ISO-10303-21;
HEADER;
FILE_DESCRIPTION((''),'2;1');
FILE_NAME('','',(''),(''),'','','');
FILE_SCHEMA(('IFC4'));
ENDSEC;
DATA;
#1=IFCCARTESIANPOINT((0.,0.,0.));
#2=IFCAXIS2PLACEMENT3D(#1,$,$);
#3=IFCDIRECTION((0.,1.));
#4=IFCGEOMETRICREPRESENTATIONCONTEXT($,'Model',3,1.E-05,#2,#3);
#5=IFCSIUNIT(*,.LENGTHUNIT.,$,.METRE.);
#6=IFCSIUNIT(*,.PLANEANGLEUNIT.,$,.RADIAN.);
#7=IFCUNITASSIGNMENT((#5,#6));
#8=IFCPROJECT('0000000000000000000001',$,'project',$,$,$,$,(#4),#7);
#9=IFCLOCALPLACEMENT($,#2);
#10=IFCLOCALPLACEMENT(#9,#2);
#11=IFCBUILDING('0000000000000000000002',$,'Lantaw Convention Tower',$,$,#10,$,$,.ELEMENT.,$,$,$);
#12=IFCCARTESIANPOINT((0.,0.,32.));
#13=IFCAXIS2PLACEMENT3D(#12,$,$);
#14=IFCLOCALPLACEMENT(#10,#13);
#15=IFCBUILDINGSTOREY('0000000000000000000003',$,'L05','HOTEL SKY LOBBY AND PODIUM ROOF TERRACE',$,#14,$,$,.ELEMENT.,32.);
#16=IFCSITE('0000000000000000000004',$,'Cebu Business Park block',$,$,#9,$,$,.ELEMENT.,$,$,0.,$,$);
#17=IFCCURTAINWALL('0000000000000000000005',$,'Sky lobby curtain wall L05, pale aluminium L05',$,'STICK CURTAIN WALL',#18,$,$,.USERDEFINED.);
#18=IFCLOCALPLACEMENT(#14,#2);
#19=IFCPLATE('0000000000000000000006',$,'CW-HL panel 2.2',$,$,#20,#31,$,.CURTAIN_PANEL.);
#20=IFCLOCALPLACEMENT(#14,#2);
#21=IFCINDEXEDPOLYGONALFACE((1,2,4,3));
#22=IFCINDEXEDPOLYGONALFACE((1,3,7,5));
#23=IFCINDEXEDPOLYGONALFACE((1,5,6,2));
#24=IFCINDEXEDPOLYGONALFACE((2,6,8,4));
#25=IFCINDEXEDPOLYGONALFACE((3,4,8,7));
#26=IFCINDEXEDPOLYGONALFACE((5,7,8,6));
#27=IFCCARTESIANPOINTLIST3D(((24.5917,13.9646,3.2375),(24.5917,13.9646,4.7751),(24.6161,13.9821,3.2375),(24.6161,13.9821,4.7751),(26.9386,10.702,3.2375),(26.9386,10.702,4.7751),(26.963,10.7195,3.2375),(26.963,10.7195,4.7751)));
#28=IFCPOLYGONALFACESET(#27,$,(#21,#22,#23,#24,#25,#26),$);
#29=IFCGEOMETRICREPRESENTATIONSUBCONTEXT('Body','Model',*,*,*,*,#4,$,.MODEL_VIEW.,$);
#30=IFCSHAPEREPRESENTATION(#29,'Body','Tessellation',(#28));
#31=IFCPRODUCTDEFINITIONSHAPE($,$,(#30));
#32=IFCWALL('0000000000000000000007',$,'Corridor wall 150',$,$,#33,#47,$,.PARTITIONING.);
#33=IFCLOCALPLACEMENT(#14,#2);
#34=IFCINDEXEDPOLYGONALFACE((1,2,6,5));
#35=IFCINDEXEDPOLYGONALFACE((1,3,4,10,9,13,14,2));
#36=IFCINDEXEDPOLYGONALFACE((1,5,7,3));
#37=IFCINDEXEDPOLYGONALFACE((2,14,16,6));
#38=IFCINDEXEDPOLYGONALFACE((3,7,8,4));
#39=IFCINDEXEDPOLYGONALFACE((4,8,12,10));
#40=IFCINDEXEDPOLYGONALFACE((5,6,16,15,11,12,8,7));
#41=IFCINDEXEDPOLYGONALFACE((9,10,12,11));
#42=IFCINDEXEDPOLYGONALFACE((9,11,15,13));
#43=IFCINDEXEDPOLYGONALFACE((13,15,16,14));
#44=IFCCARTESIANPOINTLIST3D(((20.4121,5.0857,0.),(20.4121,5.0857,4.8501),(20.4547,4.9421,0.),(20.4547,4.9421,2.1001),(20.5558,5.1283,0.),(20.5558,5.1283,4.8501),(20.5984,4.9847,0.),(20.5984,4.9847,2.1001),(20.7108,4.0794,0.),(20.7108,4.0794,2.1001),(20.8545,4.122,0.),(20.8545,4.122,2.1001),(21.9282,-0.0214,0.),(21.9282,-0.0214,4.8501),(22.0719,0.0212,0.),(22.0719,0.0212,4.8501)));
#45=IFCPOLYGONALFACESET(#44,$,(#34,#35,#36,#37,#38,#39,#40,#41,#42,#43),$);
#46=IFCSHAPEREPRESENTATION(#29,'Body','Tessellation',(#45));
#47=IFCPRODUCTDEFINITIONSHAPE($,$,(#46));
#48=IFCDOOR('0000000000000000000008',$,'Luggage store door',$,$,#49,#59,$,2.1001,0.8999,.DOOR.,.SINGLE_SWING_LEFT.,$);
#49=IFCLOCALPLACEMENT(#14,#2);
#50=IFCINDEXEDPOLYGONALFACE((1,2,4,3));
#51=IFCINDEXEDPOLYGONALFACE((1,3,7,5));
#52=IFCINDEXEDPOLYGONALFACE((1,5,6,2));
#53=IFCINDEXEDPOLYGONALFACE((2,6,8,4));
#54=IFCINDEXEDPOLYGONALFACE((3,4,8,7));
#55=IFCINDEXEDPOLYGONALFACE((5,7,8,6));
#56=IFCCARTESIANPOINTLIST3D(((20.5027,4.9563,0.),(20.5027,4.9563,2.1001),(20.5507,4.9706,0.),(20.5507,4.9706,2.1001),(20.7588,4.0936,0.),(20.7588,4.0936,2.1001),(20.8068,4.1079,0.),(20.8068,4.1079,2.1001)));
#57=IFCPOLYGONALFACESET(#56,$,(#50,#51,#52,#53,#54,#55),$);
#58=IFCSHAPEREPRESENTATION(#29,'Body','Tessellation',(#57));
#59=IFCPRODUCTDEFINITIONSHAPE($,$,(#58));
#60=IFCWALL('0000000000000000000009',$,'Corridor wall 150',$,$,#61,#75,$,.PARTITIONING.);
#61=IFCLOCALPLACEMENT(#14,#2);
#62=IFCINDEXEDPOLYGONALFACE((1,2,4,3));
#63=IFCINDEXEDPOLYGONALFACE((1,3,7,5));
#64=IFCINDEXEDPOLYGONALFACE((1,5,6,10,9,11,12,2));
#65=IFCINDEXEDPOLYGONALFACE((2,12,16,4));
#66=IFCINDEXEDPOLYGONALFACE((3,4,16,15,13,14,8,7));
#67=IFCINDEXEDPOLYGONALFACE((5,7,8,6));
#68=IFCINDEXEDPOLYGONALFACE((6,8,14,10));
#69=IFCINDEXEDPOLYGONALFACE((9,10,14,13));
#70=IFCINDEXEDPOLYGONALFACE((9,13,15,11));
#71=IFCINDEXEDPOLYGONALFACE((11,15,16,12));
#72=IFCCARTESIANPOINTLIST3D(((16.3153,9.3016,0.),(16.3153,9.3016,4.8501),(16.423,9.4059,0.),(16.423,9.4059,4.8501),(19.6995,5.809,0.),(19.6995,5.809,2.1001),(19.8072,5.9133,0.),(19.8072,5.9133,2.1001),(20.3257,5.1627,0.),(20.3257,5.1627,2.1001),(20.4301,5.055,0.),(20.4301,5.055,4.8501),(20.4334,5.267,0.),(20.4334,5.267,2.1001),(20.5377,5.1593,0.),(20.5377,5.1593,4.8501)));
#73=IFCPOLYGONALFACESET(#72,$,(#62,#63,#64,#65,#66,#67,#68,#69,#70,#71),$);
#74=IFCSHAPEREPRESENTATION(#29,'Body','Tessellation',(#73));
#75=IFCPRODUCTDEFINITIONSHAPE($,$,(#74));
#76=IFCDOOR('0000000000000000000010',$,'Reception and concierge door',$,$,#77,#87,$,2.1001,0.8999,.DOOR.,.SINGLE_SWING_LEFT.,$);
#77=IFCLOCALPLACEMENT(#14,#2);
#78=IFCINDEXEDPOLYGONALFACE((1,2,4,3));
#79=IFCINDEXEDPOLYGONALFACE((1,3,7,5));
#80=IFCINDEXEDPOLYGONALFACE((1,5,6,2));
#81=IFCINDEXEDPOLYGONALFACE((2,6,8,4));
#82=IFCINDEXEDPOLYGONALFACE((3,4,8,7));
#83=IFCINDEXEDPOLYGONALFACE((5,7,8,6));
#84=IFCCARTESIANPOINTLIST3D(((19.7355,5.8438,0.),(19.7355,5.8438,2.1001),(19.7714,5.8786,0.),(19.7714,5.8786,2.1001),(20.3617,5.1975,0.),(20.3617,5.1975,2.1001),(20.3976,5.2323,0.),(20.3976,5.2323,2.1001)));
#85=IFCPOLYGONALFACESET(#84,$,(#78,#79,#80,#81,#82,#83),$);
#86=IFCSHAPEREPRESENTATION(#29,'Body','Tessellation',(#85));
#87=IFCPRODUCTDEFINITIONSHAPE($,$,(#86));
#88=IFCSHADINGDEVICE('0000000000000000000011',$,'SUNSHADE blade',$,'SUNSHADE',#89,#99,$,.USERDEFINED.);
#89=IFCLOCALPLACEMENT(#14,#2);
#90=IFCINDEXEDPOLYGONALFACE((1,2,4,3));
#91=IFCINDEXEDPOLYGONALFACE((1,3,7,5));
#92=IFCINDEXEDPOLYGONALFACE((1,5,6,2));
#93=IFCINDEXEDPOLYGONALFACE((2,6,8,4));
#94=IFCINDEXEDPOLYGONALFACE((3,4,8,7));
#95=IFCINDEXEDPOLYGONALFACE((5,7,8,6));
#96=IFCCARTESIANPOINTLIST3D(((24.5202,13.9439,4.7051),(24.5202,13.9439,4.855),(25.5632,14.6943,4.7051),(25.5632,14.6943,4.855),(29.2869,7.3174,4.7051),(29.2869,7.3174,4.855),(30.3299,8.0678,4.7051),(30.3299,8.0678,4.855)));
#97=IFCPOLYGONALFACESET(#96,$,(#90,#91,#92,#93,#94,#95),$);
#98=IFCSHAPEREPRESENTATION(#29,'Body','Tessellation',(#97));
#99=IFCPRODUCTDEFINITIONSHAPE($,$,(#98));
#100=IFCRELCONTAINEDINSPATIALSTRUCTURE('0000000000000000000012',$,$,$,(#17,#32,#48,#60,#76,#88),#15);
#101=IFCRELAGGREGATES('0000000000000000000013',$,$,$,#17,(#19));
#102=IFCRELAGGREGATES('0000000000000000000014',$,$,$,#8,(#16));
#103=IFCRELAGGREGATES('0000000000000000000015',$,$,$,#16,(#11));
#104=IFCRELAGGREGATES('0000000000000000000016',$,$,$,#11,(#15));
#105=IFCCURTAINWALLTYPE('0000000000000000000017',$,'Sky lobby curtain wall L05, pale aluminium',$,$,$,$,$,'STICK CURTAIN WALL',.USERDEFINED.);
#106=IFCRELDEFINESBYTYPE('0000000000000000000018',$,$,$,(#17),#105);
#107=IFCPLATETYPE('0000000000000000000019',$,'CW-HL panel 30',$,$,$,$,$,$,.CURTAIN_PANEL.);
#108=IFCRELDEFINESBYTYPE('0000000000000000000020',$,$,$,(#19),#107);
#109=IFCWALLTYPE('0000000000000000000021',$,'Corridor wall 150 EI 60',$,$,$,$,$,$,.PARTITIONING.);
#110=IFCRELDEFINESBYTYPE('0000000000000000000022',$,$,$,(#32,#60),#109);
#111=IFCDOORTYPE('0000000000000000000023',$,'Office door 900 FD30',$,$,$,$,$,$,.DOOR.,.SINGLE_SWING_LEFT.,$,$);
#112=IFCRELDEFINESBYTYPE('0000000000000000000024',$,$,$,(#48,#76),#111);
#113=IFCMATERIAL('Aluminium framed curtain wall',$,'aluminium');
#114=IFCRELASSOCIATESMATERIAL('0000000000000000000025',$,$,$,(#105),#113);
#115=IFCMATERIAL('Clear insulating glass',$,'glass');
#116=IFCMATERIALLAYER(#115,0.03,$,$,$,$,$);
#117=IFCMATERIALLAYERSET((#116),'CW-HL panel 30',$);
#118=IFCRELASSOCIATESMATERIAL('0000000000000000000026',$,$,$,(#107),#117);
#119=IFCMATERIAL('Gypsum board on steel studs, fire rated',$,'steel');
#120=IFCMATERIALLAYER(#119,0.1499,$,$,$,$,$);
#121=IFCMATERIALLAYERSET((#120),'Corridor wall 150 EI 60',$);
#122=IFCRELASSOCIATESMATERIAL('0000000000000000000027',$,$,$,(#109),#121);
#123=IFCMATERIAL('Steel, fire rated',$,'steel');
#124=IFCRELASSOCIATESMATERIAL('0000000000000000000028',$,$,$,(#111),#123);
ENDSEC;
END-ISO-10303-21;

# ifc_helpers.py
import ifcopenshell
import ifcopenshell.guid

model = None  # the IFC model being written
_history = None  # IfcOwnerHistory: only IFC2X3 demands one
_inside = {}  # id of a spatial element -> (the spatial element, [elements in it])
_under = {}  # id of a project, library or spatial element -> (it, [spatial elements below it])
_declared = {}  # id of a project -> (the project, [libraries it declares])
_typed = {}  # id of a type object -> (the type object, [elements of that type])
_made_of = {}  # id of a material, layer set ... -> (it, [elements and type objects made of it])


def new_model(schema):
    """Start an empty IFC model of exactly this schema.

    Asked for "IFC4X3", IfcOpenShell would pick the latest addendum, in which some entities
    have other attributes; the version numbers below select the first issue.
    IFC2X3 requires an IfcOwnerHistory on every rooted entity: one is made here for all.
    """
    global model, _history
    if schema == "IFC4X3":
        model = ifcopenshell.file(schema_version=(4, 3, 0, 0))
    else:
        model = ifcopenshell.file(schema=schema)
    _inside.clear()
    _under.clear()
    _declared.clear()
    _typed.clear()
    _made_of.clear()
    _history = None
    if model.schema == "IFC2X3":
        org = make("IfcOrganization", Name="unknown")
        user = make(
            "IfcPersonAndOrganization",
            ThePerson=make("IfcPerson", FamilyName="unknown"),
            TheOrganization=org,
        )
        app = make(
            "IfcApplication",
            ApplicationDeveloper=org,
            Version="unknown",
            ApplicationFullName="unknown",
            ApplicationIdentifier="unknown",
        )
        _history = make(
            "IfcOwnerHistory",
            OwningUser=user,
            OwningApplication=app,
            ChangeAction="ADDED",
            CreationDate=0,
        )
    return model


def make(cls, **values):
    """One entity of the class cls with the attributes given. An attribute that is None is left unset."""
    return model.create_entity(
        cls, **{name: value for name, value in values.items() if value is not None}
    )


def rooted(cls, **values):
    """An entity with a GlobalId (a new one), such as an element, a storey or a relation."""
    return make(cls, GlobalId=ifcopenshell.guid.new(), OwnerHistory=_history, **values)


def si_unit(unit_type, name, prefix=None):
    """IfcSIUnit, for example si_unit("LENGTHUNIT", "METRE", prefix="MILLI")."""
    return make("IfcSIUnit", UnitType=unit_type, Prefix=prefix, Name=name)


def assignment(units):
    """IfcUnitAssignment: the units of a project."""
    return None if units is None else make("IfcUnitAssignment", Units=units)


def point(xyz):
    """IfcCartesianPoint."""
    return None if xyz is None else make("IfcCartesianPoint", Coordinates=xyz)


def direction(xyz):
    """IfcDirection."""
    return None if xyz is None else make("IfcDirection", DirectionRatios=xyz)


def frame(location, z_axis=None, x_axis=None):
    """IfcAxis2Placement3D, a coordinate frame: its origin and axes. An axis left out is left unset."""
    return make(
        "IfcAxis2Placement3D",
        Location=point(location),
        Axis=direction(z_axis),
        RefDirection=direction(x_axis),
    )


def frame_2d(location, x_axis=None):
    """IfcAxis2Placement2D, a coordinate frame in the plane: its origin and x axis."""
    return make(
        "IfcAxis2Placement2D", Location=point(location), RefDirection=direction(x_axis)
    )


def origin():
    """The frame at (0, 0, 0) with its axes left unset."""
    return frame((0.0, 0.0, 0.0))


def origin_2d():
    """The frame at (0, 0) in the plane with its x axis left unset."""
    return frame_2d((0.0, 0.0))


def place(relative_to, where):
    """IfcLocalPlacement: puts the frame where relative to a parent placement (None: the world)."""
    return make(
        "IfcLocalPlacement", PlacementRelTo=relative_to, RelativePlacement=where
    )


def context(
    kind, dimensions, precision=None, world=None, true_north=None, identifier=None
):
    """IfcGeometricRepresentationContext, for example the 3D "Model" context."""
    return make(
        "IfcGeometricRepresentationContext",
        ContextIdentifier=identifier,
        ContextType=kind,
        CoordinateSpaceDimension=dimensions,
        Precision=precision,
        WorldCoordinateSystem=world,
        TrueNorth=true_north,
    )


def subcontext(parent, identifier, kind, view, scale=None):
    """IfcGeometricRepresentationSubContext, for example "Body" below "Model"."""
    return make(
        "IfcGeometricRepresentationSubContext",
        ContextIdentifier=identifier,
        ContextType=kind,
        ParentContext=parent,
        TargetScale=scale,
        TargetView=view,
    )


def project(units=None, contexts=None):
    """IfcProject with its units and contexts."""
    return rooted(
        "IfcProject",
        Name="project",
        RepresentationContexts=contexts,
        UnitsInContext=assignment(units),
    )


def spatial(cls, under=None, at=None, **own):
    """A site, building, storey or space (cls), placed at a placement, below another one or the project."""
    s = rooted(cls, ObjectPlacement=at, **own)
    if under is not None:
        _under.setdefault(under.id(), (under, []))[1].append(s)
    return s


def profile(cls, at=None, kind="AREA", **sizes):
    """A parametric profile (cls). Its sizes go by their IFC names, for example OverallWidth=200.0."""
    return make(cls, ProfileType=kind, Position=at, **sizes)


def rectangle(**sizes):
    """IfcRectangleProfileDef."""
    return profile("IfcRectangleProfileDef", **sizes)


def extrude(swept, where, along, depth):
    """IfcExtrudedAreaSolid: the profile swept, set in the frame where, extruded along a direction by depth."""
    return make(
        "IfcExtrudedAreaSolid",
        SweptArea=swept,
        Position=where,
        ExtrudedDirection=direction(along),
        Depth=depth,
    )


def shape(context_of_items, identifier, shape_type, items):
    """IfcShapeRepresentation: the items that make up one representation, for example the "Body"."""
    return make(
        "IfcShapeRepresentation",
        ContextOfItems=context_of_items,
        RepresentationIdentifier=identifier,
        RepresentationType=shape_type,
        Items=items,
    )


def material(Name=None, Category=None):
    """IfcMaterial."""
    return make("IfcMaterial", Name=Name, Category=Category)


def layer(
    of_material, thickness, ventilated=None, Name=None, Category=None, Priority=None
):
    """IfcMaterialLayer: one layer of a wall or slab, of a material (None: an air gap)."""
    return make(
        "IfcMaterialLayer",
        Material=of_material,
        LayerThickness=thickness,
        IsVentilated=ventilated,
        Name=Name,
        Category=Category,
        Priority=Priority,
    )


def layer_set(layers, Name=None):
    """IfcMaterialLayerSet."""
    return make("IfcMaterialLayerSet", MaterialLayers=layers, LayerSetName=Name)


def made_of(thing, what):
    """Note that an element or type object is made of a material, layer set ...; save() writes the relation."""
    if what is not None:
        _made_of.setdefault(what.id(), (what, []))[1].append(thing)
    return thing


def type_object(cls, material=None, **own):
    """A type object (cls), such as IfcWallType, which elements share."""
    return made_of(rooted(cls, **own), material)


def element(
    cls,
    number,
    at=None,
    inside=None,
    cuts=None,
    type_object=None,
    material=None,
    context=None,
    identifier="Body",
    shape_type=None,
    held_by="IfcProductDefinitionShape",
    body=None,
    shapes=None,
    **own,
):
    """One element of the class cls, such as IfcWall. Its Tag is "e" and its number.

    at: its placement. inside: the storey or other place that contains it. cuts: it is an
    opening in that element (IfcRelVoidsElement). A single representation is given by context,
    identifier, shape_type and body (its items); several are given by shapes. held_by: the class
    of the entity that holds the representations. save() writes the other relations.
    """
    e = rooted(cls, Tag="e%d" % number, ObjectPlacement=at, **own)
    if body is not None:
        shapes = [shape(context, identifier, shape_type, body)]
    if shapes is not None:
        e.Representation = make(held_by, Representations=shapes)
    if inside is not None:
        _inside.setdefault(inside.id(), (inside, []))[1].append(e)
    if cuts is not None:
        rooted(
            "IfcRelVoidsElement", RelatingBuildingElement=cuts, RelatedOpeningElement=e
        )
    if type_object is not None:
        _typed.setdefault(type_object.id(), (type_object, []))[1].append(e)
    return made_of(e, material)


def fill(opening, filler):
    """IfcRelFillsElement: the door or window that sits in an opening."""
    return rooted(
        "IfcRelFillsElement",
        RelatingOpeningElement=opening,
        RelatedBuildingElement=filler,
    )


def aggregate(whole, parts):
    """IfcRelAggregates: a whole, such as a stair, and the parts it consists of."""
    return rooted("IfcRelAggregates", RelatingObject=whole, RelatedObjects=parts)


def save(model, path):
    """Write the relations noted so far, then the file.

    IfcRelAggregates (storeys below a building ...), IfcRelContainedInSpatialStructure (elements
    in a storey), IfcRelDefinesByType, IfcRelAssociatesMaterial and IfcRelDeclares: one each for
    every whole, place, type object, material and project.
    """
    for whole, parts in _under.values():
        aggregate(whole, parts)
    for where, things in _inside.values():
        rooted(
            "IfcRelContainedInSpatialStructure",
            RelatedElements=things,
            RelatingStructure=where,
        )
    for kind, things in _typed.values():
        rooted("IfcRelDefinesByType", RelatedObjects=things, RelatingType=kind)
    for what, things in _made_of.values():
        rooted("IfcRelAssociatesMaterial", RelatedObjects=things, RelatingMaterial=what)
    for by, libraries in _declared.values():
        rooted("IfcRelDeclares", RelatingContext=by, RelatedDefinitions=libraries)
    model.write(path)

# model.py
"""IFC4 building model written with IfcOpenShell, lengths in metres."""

from ifc_helpers import new_model, si_unit, direction, frame, frame_2d, origin, origin_2d, place, context, subcontext, project, spatial, rectangle, extrude, material, layer, layer_set, type_object, element, fill, aggregate, save


model = new_model("IFC4")

# Units and contexts
model_context = context("Model", 3, precision=1e-05, world=origin(), true_north=direction((0.0, 1.0)))
body_context = subcontext(model_context, "Body", "Model", "MODEL_VIEW")
ifc_project = project(units=[si_unit("LENGTHUNIT", "METRE"), si_unit("PLANEANGLEUNIT", "RADIAN")], contexts=[model_context])

# Site, building, storey
site_placement = place(None, origin())
site = spatial("IfcSite", under=ifc_project, at=site_placement, Name="Cebu Business Park block", CompositionType="ELEMENT", RefElevation=0.0)
building_placement = place(site_placement, origin())
building = spatial("IfcBuilding", under=site, at=building_placement, Name="Lantaw Convention Tower", CompositionType="ELEMENT")
storey_placement = place(building_placement, frame((0.0, 0.0, 32.0)))
storey = spatial("IfcBuildingStorey", under=building, at=storey_placement, Name="L05", Description="HOTEL SKY LOBBY AND PODIUM ROOF TERRACE", CompositionType="ELEMENT", Elevation=32.0)

# Curtain wall, plate
ifc_material_1 = material(Name="Aluminium framed curtain wall", Category="aluminium")
curtain_wall_type = type_object("IfcCurtainWallType", Name="Sky lobby curtain wall L05, pale aluminium", ElementType="STICK CURTAIN WALL", PredefinedType="USERDEFINED", material=ifc_material_1)
curtain_wall_placement = place(storey_placement, origin())
curtain_wall = element("IfcCurtainWall", 1, at=curtain_wall_placement, inside=storey, type_object=curtain_wall_type, Name="Sky lobby curtain wall L05, pale aluminium L05", ObjectType="STICK CURTAIN WALL", PredefinedType="USERDEFINED")
ifc_material_2 = material(Name="Clear insulating glass", Category="glass")
ifc_layer_1 = layer(ifc_material_2, 0.03)
ifc_layer_set_1 = layer_set([ifc_layer_1], Name="CW-HL panel 30")
plate_type = type_object("IfcPlateType", Name="CW-HL panel 30", PredefinedType="CURTAIN_PANEL", material=ifc_layer_set_1)
plate_1_placement = place(storey_placement, frame((25.7773, 12.342, 3.2375), z_axis=(0.0, 0.0, 1.0), x_axis=(-0.583951, 0.811789, 0.0)))
plate_1 = element("IfcPlate", 2, at=plate_1_placement, type_object=plate_type, Name="CW-HL panel 2.2", PredefinedType="CURTAIN_PANEL", context=body_context, shape_type="SweptSolid", body=[
    extrude(rectangle(XDim=4.019, YDim=0.03, at=origin_2d()), origin(), (0.0, 0.0, 1.0), 1.5376),
])
aggregate(curtain_wall, [plate_1])

# Walls, openings, doors
ifc_material_3 = material(Name="Gypsum board on steel studs, fire rated", Category="steel")
ifc_layer_2 = layer(ifc_material_3, 0.1499)
ifc_layer_set_2 = layer_set([ifc_layer_2], Name="Corridor wall 150 EI 60")
wall_type = type_object("IfcWallType", Name="Corridor wall 150 EI 60", PredefinedType="PARTITIONING", material=ifc_layer_set_2)
wall_1_placement = place(storey_placement, frame((22.0, 0.0, 0.0), z_axis=(0.0, 0.0, 1.0), x_axis=(-0.284584, 0.958651, 0.0)))
wall_1 = element("IfcWall", 3, at=wall_1_placement, inside=storey, type_object=wall_type, Name="Corridor wall 150", PredefinedType="PARTITIONING", context=body_context, shape_type="SweptSolid", body=[
    extrude(rectangle(XDim=5.3274, YDim=0.1499, at=frame_2d((2.6636, 0.0))), origin(), (0.0, 0.0, 1.0), 4.8501),
])
opening_1_placement = place(wall_1_placement, frame((4.2776, 0.0, 0.0)))
opening_1 = element("IfcOpeningElement", 4, at=opening_1_placement, cuts=wall_1, PredefinedType="OPENING", context=body_context, shape_type="SweptSolid", body=[
    extrude(rectangle(XDim=0.8999, YDim=2.1001, at=frame_2d((0.45, 1.05))), frame((0.0, 0.085, 0.0), z_axis=(0.0, -1.0, 0.0), x_axis=(1.0, 0.0, 0.0)), (0.0, 0.0, 1.0), 0.1699),
])
ifc_material_4 = material(Name="Steel, fire rated", Category="steel")
door_type = type_object("IfcDoorType", Name="Office door 900 FD30", OperationType="SINGLE_SWING_LEFT", PredefinedType="DOOR", material=ifc_material_4)
door_1_placement = place(opening_1_placement, origin())
door_1 = element("IfcDoor", 5, at=door_1_placement, inside=storey, type_object=door_type, Name="Luggage store door", OperationType="SINGLE_SWING_LEFT", OverallHeight=2.1001, OverallWidth=0.8999, PredefinedType="DOOR", context=body_context, shape_type="SweptSolid", body=[
    extrude(rectangle(XDim=0.8999, YDim=2.1001, at=frame_2d((0.45, 1.05))), frame((0.0, 0.0249, 0.0), z_axis=(0.0, -1.0, 0.0), x_axis=(1.0, 0.0, 0.0)), (0.0, 0.0, 1.0), 0.05),
])
fill(opening_1, door_1)
wall_2_placement = place(storey_placement, frame((20.4839, 5.1072, 0.0), z_axis=(0.0, 0.0, 1.0), x_axis=(-0.695871, 0.718167, 0.0)))
wall_2 = element("IfcWall", 6, at=wall_2_placement, inside=storey, type_object=wall_type, Name="Corridor wall 150", PredefinedType="PARTITIONING", context=body_context, shape_type="SweptSolid", body=[
    extrude(rectangle(XDim=5.9131, YDim=0.1499, at=frame_2d((2.9565, 0.0))), origin(), (0.0, 0.0, 1.0), 4.8501),
])
opening_2_placement = place(wall_2_placement, frame((0.1499, 0.0, 0.0)))
opening_2 = element("IfcOpeningElement", 7, at=opening_2_placement, cuts=wall_2, PredefinedType="OPENING", context=body_context, shape_type="SweptSolid", body=[
    extrude(rectangle(XDim=0.8999, YDim=2.1001, at=frame_2d((0.45, 1.05))), frame((0.0, 0.085, 0.0), z_axis=(0.0, -1.0, 0.0), x_axis=(1.0, 0.0, 0.0)), (0.0, 0.0, 1.0), 0.1699),
])
door_2_placement = place(opening_2_placement, origin())
door_2 = element("IfcDoor", 8, at=door_2_placement, inside=storey, type_object=door_type, Name="Reception and concierge door", OperationType="SINGLE_SWING_LEFT", OverallHeight=2.1001, OverallWidth=0.8999, PredefinedType="DOOR", context=body_context, shape_type="SweptSolid", body=[
    extrude(rectangle(XDim=0.8999, YDim=2.1001, at=frame_2d((0.45, 1.05))), frame((0.0, 0.0249, 0.0), z_axis=(0.0, -1.0, 0.0), x_axis=(1.0, 0.0, 0.0)), (0.0, 0.0, 1.0), 0.05),
])
fill(opening_2, door_2)

# Shading device
shading_device_placement = place(storey_placement, frame((27.425, 11.0059, 4.7051), z_axis=(0.0, 0.0, 1.0), x_axis=(-0.583951, 0.811789, 0.0)))
element("IfcShadingDevice", 9, at=shading_device_placement, inside=storey, Name="SUNSHADE blade", ObjectType="SUNSHADE", PredefinedType="USERDEFINED", context=body_context, shape_type="SweptSolid", body=[
    extrude(rectangle(XDim=8.1628, YDim=1.2849, at=origin_2d()), origin(), (0.0, 0.0, 1.0), 0.1499),
])

save(model, "model.ifc")
